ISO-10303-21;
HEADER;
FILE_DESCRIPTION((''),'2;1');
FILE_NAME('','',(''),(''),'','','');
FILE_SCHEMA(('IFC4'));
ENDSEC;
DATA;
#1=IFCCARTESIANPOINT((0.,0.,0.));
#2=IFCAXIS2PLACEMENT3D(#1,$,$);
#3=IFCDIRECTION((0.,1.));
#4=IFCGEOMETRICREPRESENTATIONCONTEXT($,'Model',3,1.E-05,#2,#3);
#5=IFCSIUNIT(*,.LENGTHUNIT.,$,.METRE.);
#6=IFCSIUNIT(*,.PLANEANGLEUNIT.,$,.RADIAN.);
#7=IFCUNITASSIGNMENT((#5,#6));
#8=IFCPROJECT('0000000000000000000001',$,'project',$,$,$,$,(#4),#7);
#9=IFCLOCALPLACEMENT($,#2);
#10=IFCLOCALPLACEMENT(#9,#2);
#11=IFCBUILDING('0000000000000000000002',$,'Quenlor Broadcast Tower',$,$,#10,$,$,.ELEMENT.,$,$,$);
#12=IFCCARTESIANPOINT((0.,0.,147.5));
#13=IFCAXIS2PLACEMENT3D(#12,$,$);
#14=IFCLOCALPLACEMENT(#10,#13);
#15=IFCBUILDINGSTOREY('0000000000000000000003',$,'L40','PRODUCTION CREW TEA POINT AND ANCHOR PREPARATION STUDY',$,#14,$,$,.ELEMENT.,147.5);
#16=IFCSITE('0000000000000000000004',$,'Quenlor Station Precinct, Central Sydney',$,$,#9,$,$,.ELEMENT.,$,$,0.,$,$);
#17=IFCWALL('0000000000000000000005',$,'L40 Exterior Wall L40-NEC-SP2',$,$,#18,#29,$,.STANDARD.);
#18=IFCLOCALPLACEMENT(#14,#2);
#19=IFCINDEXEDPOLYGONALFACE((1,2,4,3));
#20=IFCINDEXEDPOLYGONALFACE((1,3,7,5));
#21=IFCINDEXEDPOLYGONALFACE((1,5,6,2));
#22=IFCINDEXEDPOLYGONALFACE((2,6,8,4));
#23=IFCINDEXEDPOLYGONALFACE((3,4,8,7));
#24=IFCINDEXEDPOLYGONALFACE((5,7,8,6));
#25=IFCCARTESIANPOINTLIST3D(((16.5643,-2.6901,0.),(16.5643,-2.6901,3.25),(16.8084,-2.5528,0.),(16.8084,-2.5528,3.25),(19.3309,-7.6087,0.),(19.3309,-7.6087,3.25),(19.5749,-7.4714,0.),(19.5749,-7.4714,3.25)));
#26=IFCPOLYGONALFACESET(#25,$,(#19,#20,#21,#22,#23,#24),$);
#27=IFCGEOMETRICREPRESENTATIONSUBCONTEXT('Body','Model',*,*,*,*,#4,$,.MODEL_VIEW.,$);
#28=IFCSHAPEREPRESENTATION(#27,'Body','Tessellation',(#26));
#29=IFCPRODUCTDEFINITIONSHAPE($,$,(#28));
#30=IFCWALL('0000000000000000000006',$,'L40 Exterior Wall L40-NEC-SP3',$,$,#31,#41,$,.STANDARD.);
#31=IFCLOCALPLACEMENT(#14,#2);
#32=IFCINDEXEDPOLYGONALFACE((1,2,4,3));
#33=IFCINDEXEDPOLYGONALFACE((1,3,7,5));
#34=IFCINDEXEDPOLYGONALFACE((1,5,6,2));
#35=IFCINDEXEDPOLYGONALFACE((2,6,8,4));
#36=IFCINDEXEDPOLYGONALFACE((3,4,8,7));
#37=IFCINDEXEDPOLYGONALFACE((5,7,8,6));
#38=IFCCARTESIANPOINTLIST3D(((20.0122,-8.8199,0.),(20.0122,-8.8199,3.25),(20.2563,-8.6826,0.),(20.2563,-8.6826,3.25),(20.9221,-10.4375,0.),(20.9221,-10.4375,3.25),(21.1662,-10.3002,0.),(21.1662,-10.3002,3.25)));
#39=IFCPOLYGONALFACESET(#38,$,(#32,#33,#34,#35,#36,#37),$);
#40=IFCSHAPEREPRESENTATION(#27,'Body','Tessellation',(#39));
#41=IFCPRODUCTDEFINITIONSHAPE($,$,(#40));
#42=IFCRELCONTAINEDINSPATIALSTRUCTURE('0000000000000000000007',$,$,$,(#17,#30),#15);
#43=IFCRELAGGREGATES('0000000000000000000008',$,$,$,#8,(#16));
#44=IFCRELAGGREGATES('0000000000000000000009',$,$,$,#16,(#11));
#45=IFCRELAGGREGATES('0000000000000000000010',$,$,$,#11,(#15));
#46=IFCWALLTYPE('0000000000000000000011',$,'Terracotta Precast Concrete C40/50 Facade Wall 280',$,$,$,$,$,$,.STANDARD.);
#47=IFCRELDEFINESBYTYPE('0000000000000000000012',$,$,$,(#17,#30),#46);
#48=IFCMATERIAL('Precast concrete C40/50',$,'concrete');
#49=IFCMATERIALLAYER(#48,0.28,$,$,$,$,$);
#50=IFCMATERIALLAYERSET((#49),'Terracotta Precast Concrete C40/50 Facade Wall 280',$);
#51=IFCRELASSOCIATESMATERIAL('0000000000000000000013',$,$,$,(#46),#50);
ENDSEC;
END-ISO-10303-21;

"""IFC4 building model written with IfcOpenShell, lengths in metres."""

from ifc_helpers import new_model, si_unit, direction, frame, frame_2d, origin, place, context, subcontext, project, spatial, rectangle, extrude, material, layer, layer_set, type_object, element, save


model = new_model("IFC4")

# Units and contexts
model_context = context("Model", 3, precision=1e-05, world=origin(), true_north=direction((0.0, 1.0)))
body_context = subcontext(model_context, "Body", "Model", "MODEL_VIEW")
ifc_project = project(units=[si_unit("LENGTHUNIT", "METRE"), si_unit("PLANEANGLEUNIT", "RADIAN")], contexts=[model_context])

# Site, building, storey
site_placement = place(None, origin())
site = spatial("IfcSite", under=ifc_project, at=site_placement, Name="Quenlor Station Precinct, Central Sydney", CompositionType="ELEMENT", RefElevation=0.0)
building_placement = place(site_placement, origin())
building = spatial("IfcBuilding", under=site, at=building_placement, Name="Quenlor Broadcast Tower", CompositionType="ELEMENT")
storey_placement = place(building_placement, frame((0.0, 0.0, 147.5)))
storey = spatial("IfcBuildingStorey", under=building, at=storey_placement, Name="L40", Description="PRODUCTION CREW TEA POINT AND ANCHOR PREPARATION STUDY", CompositionType="ELEMENT", Elevation=147.5)

# Walls
ifc_material_1 = material(Name="Precast concrete C40/50", Category="concrete")
ifc_layer_1 = layer(ifc_material_1, 0.28)
ifc_layer_set_1 = layer_set([ifc_layer_1], Name="Terracotta Precast Concrete C40/50 Facade Wall 280")
wall_type_1 = type_object("IfcWallType", Name="Terracotta Precast Concrete C40/50 Facade Wall 280", PredefinedType="STANDARD", material=ifc_layer_set_1)
wall_1_placement = place(storey_placement, frame((16.6863, -2.6213, 0.0), z_axis=(0.0, 0.0, 1.0), x_axis=(0.490239, -0.871588, 0.0)))
element("IfcWall", 1, at=wall_1_placement, inside=storey, type_object=wall_type_1, Name="L40 Exterior Wall L40-NEC-SP2", PredefinedType="STANDARD", context=body_context, shape_type="SweptSolid", body=[
    extrude(rectangle(XDim=5.6433, YDim=0.28, at=frame_2d((2.8218, 0.0))), origin(), (0.0, 0.0, 1.0), 3.25),
])
wall_2_placement = place(storey_placement, frame((20.1343, -8.7512, 0.0), z_axis=(0.0, 0.0, 1.0), x_axis=(0.490249, -0.871583, 0.0)))
element("IfcWall", 2, at=wall_2_placement, inside=storey, type_object=wall_type_1, Name="L40 Exterior Wall L40-NEC-SP3", PredefinedType="STANDARD", context=body_context, shape_type="SweptSolid", body=[
    extrude(rectangle(XDim=1.856, YDim=0.28, at=frame_2d((0.928, 0.0))), origin(), (0.0, 0.0, 1.0), 3.25),
])

save(model, "model.ifc")
